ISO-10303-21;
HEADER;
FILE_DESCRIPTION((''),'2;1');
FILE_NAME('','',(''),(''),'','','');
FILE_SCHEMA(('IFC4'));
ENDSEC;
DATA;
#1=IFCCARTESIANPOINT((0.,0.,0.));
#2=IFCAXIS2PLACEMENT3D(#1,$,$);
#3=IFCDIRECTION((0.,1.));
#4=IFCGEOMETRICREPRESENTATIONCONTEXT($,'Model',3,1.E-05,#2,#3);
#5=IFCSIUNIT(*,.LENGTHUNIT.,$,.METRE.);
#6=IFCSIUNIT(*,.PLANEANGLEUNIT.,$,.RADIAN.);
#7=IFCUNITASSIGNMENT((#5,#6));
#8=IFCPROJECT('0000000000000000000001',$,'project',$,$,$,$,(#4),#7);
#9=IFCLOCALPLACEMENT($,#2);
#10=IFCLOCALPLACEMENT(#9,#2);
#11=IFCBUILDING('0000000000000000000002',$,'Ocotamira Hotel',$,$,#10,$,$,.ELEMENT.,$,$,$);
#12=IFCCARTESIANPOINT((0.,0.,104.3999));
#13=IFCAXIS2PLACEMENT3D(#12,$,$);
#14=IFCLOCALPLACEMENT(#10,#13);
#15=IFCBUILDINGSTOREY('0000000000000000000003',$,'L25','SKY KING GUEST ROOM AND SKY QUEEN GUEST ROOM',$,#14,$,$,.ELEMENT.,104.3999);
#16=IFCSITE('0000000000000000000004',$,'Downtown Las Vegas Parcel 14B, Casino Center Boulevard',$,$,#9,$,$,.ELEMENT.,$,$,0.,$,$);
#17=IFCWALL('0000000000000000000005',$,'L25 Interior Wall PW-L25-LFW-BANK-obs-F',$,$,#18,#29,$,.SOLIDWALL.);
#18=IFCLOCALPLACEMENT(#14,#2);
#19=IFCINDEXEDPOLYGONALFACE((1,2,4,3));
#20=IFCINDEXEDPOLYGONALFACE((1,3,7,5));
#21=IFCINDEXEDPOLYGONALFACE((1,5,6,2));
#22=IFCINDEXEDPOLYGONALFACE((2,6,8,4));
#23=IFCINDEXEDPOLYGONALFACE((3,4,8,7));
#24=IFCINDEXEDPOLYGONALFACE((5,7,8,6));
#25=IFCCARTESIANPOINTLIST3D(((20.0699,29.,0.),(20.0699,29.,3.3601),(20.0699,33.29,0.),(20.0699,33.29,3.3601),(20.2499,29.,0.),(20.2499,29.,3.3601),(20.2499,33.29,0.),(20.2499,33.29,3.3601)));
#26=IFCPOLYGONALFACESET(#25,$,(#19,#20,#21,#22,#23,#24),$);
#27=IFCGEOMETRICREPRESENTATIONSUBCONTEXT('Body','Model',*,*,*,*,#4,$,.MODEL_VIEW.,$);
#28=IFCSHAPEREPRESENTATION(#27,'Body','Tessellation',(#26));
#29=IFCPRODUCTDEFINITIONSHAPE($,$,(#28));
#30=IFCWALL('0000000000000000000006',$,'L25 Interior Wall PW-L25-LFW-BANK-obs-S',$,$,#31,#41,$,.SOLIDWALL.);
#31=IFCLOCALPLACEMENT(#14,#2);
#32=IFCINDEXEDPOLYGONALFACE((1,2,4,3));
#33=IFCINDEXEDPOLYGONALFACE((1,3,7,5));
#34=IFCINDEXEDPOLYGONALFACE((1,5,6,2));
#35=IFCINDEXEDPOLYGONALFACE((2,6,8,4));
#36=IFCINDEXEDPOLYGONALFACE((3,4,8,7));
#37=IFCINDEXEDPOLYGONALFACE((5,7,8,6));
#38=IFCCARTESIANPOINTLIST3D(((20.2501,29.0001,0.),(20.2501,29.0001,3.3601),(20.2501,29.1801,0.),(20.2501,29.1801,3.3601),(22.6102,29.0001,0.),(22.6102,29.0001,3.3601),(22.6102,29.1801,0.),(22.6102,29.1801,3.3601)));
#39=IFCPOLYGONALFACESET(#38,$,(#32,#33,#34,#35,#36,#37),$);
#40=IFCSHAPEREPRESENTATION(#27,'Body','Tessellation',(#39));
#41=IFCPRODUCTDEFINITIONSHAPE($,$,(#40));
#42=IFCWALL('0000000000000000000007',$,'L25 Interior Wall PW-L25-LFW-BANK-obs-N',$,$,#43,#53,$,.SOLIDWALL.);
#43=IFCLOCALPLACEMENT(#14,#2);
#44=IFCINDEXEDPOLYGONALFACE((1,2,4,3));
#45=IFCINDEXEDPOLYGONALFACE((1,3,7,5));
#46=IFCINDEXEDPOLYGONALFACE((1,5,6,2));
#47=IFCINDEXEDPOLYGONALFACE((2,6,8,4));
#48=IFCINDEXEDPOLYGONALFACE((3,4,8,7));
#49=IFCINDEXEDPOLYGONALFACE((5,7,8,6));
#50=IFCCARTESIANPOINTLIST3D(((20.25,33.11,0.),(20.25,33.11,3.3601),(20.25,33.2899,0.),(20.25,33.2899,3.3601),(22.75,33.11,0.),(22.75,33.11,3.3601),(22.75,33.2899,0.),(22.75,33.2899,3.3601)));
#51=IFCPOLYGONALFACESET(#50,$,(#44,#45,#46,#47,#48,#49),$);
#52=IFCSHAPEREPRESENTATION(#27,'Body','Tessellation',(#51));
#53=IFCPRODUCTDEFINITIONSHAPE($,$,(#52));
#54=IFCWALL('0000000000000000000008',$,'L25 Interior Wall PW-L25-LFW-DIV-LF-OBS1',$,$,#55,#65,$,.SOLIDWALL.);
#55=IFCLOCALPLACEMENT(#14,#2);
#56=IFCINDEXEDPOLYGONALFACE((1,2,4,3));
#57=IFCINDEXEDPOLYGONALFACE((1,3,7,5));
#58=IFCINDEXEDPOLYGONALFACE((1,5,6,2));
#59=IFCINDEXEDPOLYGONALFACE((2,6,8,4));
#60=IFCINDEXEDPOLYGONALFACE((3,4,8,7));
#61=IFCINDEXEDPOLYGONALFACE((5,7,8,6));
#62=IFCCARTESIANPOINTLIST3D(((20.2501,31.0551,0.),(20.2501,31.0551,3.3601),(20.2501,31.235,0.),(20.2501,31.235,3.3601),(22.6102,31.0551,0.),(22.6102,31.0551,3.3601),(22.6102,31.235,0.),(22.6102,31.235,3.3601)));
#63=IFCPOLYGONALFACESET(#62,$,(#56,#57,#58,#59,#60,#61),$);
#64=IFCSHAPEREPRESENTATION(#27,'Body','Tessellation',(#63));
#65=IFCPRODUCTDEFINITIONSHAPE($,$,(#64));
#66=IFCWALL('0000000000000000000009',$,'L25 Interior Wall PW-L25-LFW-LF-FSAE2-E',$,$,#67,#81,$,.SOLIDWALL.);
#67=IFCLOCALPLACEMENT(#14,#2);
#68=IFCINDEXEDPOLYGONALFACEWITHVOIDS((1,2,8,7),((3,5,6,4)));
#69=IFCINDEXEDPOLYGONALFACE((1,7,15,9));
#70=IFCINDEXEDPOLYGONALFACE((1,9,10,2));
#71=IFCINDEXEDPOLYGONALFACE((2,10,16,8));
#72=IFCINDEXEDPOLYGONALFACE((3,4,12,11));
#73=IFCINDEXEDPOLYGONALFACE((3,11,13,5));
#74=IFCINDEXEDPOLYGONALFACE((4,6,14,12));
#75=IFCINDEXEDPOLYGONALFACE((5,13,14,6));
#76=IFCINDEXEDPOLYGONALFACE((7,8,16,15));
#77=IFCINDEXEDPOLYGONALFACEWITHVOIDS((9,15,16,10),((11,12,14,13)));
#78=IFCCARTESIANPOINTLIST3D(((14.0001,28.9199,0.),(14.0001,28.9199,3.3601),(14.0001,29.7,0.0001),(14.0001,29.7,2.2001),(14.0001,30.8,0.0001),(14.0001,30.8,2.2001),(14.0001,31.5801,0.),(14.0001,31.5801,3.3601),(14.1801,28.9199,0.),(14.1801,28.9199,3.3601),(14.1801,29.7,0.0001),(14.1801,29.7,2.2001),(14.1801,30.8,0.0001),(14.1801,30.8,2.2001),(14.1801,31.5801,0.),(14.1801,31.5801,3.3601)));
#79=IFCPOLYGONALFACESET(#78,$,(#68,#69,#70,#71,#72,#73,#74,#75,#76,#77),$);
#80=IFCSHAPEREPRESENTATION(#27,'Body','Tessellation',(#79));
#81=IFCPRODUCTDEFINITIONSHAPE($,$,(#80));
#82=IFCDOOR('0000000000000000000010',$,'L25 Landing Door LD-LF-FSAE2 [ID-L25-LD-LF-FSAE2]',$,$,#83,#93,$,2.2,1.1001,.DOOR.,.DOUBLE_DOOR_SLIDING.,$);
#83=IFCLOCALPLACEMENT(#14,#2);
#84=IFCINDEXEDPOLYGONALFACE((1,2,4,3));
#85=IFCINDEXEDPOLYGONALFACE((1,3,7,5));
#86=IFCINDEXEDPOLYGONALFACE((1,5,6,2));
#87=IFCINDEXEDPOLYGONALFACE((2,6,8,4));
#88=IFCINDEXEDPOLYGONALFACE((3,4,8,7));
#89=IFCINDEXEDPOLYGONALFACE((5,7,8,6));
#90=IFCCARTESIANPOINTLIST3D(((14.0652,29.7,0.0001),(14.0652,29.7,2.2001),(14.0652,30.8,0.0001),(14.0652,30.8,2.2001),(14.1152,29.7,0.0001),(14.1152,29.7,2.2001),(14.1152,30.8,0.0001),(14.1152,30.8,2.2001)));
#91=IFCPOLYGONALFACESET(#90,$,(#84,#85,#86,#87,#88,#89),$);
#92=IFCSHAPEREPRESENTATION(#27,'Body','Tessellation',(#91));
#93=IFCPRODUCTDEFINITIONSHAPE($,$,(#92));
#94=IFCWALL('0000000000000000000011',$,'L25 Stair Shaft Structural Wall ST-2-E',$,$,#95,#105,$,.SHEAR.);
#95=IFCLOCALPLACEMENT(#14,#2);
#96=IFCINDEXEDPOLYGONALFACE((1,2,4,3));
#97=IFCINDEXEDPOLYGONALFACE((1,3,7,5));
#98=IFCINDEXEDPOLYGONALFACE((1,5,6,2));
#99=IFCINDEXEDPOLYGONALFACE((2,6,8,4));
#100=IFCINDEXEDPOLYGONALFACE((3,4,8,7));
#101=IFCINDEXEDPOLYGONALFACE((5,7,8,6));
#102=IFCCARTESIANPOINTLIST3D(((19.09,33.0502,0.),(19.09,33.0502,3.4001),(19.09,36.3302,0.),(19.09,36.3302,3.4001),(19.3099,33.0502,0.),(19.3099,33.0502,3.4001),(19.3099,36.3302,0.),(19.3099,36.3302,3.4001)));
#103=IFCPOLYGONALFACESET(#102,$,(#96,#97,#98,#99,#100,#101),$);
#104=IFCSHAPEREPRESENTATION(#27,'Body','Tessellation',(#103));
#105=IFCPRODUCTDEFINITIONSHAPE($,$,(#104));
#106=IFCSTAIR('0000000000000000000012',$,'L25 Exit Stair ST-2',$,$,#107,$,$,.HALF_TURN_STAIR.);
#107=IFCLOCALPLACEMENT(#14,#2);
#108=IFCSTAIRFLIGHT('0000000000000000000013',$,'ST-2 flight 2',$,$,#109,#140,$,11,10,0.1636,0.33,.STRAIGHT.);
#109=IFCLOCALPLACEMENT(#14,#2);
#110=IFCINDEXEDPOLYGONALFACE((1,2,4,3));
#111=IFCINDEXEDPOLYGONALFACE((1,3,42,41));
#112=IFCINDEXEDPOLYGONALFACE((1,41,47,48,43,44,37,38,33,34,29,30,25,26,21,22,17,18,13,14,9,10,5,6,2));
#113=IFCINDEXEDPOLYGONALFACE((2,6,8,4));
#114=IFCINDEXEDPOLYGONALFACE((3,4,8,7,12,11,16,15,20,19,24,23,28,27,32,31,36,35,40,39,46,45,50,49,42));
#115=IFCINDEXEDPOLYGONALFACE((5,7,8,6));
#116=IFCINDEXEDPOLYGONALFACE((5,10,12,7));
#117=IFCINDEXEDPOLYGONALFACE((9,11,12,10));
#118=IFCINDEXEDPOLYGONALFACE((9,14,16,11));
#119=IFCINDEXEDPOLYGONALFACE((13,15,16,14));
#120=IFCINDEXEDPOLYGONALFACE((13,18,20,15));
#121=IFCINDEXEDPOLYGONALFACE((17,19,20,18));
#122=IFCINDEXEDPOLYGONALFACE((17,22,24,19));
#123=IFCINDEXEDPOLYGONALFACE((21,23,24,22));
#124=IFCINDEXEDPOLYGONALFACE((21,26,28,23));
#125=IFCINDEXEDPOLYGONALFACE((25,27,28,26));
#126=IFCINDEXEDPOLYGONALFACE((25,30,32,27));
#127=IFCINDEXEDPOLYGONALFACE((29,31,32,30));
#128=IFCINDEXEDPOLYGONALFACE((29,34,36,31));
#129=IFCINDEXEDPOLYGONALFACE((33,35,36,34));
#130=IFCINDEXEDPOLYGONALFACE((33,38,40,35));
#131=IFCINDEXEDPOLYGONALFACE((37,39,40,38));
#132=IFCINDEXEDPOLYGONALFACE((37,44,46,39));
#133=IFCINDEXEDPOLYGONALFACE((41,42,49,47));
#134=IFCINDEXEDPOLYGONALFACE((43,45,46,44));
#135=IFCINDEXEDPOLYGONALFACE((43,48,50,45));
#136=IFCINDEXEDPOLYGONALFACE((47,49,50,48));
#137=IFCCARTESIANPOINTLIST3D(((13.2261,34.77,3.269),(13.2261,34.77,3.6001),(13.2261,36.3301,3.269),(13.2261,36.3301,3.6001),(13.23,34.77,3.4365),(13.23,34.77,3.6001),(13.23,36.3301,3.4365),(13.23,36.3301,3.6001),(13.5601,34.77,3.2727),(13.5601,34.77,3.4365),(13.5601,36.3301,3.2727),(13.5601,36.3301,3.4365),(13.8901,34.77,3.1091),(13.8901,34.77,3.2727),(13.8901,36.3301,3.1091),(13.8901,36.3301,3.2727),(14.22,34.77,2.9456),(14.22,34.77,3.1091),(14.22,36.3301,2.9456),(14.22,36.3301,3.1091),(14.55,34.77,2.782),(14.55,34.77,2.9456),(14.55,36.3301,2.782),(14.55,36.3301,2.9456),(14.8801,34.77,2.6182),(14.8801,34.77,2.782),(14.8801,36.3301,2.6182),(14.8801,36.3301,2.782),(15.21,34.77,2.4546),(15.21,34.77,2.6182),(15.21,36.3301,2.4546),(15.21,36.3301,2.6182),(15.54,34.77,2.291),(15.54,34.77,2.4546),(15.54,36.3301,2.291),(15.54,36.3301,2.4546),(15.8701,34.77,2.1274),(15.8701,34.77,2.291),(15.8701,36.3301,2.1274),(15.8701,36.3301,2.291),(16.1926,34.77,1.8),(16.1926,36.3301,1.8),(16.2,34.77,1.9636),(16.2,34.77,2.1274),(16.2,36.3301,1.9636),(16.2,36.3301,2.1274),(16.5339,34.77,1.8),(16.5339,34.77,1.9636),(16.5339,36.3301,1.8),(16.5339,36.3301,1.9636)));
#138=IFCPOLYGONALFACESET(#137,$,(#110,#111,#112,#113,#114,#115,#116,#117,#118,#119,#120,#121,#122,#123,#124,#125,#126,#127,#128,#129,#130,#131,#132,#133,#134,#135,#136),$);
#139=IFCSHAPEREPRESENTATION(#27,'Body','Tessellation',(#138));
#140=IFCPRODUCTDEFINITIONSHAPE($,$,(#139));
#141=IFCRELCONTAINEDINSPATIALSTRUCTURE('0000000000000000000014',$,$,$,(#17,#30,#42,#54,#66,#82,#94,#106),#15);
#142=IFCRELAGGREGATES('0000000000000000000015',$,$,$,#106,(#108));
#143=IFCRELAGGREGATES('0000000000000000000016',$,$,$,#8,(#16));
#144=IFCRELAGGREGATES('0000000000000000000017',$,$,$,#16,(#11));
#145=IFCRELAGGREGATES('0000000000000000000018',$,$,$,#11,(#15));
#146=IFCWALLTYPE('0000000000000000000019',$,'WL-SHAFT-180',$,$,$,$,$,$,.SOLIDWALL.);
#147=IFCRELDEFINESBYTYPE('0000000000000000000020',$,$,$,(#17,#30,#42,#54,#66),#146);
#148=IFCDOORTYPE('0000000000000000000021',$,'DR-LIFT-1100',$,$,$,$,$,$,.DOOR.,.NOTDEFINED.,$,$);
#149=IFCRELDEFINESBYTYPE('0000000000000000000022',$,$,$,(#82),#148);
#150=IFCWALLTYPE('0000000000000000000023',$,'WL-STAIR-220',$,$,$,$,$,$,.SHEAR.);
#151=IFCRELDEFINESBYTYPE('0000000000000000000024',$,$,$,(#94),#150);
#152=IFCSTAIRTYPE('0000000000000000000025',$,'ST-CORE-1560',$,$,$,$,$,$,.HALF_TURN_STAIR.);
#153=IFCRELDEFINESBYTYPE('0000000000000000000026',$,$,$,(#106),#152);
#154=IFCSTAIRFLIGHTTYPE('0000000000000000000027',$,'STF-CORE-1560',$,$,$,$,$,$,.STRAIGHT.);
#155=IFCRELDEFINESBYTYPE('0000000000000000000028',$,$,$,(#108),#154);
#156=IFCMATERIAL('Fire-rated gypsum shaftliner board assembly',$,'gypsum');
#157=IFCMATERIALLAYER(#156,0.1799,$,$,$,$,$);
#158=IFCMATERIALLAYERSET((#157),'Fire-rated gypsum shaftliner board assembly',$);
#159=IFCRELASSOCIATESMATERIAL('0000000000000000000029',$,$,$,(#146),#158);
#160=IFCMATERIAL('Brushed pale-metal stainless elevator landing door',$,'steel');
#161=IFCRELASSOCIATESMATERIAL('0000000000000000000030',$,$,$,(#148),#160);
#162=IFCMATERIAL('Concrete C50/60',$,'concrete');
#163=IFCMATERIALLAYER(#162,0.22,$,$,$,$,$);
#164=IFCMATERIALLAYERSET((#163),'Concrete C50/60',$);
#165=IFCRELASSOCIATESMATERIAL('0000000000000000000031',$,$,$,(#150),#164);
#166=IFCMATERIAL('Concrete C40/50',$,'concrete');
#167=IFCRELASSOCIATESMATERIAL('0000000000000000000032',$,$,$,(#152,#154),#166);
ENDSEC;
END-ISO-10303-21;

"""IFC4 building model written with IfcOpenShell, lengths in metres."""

from ifc_helpers import new_model, si_unit, direction, frame, frame_2d, origin, place, context, subcontext, project, spatial, polyline, rectangle, outline, extrude, source, transform, mapped, material, layer, layer_set, type_object, element, fill, aggregate, save


model = new_model("IFC4")

# Units and contexts
model_context = context("Model", 3, precision=1e-05, world=origin(), true_north=direction((0.0, 1.0)))
body_context = subcontext(model_context, "Body", "Model", "MODEL_VIEW")
ifc_project = project(units=[si_unit("LENGTHUNIT", "METRE"), si_unit("PLANEANGLEUNIT", "RADIAN")], contexts=[model_context])

# Site, building, storey
site_placement = place(None, origin())
site = spatial("IfcSite", under=ifc_project, at=site_placement, Name="Downtown Las Vegas Parcel 14B, Casino Center Boulevard", CompositionType="ELEMENT", RefElevation=0.0)
building_placement = place(site_placement, origin())
building = spatial("IfcBuilding", under=site, at=building_placement, Name="Ocotamira Hotel", CompositionType="ELEMENT")
storey_placement = place(building_placement, frame((0.0, 0.0, 104.3999)))
storey = spatial("IfcBuildingStorey", under=building, at=storey_placement, Name="L25", Description="SKY KING GUEST ROOM AND SKY QUEEN GUEST ROOM", CompositionType="ELEMENT", Elevation=104.3999)

# Walls
ifc_material_1 = material(Name="Fire-rated gypsum shaftliner board assembly", Category="gypsum")
ifc_layer_1 = layer(ifc_material_1, 0.1799)
ifc_layer_set_1 = layer_set([ifc_layer_1], Name="Fire-rated gypsum shaftliner board assembly")
wall_type_1 = type_object("IfcWallType", Name="WL-SHAFT-180", PredefinedType="SOLIDWALL", material=ifc_layer_set_1)
wall_1_placement = place(storey_placement, frame((20.1599, 29.0, 0.0), z_axis=(0.0, 0.0, 1.0), x_axis=(0.0, 1.0, 0.0)))
element("IfcWall", 1, at=wall_1_placement, inside=storey, type_object=wall_type_1, Name="L25 Interior Wall PW-L25-LFW-BANK-obs-F", PredefinedType="SOLIDWALL", context=body_context, shape_type="SweptSolid", body=[
    extrude(rectangle(XDim=4.29, YDim=0.1799, at=frame_2d((2.145, 0.0))), origin(), (0.0, 0.0, 1.0), 3.3601),
])
wall_2_placement = place(storey_placement, frame((20.25, 29.0901, 0.0), z_axis=(0.0, 0.0, 1.0), x_axis=(1.0, 0.0, 0.0)))
element("IfcWall", 2, at=wall_2_placement, inside=storey, type_object=wall_type_1, Name="L25 Interior Wall PW-L25-LFW-BANK-obs-S", PredefinedType="SOLIDWALL", context=body_context, shape_type="SweptSolid", body=[
    extrude(rectangle(XDim=2.3601, YDim=0.1799, at=frame_2d((1.1802, 0.0))), origin(), (0.0, 0.0, 1.0), 3.3601),
])
wall_3_placement = place(storey_placement, frame((20.25, 33.2, 0.0), z_axis=(0.0, 0.0, 1.0), x_axis=(1.0, 0.0, 0.0)))
element("IfcWall", 3, at=wall_3_placement, inside=storey, type_object=wall_type_1, Name="L25 Interior Wall PW-L25-LFW-BANK-obs-N", PredefinedType="SOLIDWALL", context=body_context, shape_type="SweptSolid", body=[
    extrude(rectangle(XDim=2.5, YDim=0.1799, at=frame_2d((1.25, 0.0))), origin(), (0.0, 0.0, 1.0), 3.3601),
])
wall_4_placement = place(storey_placement, frame((20.25, 31.145, 0.0), z_axis=(0.0, 0.0, 1.0), x_axis=(1.0, 0.0, 0.0)))
element("IfcWall", 4, at=wall_4_placement, inside=storey, type_object=wall_type_1, Name="L25 Interior Wall PW-L25-LFW-DIV-LF-OBS1", PredefinedType="SOLIDWALL", context=body_context, shape_type="SweptSolid", body=[
    extrude(rectangle(XDim=2.3601, YDim=0.1799, at=frame_2d((1.1802, 0.0))), origin(), (0.0, 0.0, 1.0), 3.3601),
])

# Wall, opening, door
wall_5_placement = place(storey_placement, frame((14.0901, 28.9199, 0.0), z_axis=(0.0, 0.0, 1.0), x_axis=(0.0, 1.0, 0.0)))
wall_5 = element("IfcWall", 5, at=wall_5_placement, inside=storey, type_object=wall_type_1, Name="L25 Interior Wall PW-L25-LFW-LF-FSAE2-E", PredefinedType="SOLIDWALL", context=body_context, shape_type="SweptSolid", body=[
    extrude(rectangle(XDim=2.6602, YDim=0.1799, at=frame_2d((1.3301, 0.0))), origin(), (0.0, 0.0, 1.0), 3.3601),
])
opening_1_placement = place(wall_5_placement, frame((0.78, 0.0, 0.0)))
opening_1 = element("IfcOpeningElement", 6, at=opening_1_placement, cuts=wall_5, PredefinedType="OPENING", context=body_context, shape_type="SweptSolid", body=[
    extrude(rectangle(XDim=1.1001, YDim=2.2, at=frame_2d((0.55, 1.1001))), frame((0.0, 0.1001, 0.0), z_axis=(0.0, -1.0, 0.0), x_axis=(1.0, 0.0, 0.0)), (0.0, 0.0, 1.0), 0.2),
])
ifc_material_2 = material(Name="Brushed pale-metal stainless elevator landing door", Category="steel")
door_type_1 = type_object("IfcDoorType", Name="DR-LIFT-1100", OperationType="NOTDEFINED", PredefinedType="DOOR", material=ifc_material_2)
shared_shape_1 = source(origin(), body_context, "Body", "SweptSolid", [
    extrude(rectangle(XDim=1.1001, YDim=2.2, at=frame_2d((0.55, 1.1001))), frame((0.0, 0.0249, 0.0), z_axis=(0.0, -1.0, 0.0), x_axis=(1.0, 0.0, 0.0)), (0.0, 0.0, 1.0), 0.05),
])
door_1_placement = place(opening_1_placement, origin())
door_1 = element("IfcDoor", 7, at=door_1_placement, inside=storey, type_object=door_type_1, Name="L25 Landing Door LD-LF-FSAE2 [ID-L25-LD-LF-FSAE2]", OperationType="DOUBLE_DOOR_SLIDING", OverallHeight=2.2, OverallWidth=1.1001, PredefinedType="DOOR", context=body_context, shape_type="MappedRepresentation", body=[
    mapped(shared_shape_1, transform((0.0, 0.0, 0.0), scale=1.0)),
])
fill(opening_1, door_1)

# Wall
ifc_material_3 = material(Name="Concrete C50/60", Category="concrete")
ifc_layer_2 = layer(ifc_material_3, 0.22)
ifc_layer_set_2 = layer_set([ifc_layer_2], Name="Concrete C50/60")
wall_type_2 = type_object("IfcWallType", Name="WL-STAIR-220", PredefinedType="SHEAR", material=ifc_layer_set_2)
wall_6_placement = place(storey_placement, frame((19.2, 33.05, 0.0), z_axis=(0.0, 0.0, 1.0), x_axis=(0.0, 1.0, 0.0)))
element("IfcWall", 8, at=wall_6_placement, inside=storey, type_object=wall_type_2, Name="L25 Stair Shaft Structural Wall ST-2-E", PredefinedType="SHEAR", context=body_context, shape_type="SweptSolid", body=[
    extrude(rectangle(XDim=3.28, YDim=0.22, at=frame_2d((1.6401, 0.0))), origin(), (0.0, 0.0, 1.0), 3.4001),
])

# Stair, stair flight
ifc_material_4 = material(Name="Concrete C40/50", Category="concrete")
stair_type = type_object("IfcStairType", Name="ST-CORE-1560", PredefinedType="HALF_TURN_STAIR", material=ifc_material_4)
stair_placement = place(storey_placement, origin())
stair = element("IfcStair", 9, at=stair_placement, inside=storey, type_object=stair_type, Name="L25 Exit Stair ST-2", PredefinedType="HALF_TURN_STAIR")
stair_flight_type = type_object("IfcStairFlightType", Name="STF-CORE-1560", PredefinedType="STRAIGHT", material=ifc_material_4)
shared_shape_2 = source(origin(), body_context, "Body", "SweptSolid", [
    extrude(outline(polyline([(-0.0039, 0.0), (-0.0039, 0.1636), (0.3301, 0.1636), (0.3301, 0.3274), (0.6599, 0.3274), (0.6599, 0.491), (0.99, 0.491), (0.99, 0.6545), (1.3201, 0.6545), (1.3201, 0.8181), (1.6499, 0.8181), (1.6499, 0.9819), (1.98, 0.9819), (1.98, 1.1455), (2.3101, 1.1455), (2.3101, 1.3091), (2.6399, 1.3091), (2.6399, 1.4727), (2.97, 1.4727), (2.97, 1.6365), (3.3, 1.6365), (3.3, 1.8), (3.304, 1.8), (3.304, 1.469), (0.3374, 0.0), (-0.0039, 0.0)])), frame((0.0, 0.78, 0.0), z_axis=(0.0, -1.0, 0.0), x_axis=(1.0, 0.0, 0.0)), (0.0, 0.0, 1.0), 1.5601),
])
stair_flight_placement = place(storey_placement, frame((16.53, 35.55, 1.8), z_axis=(0.0, 0.0, 1.0), x_axis=(-1.0, 0.0, 0.0)))
stair_flight = element("IfcStairFlight", 10, at=stair_flight_placement, type_object=stair_flight_type, Name="ST-2 flight 2", NumberOfRisers=11, NumberOfTreads=10, PredefinedType="STRAIGHT", RiserHeight=0.1636, TreadLength=0.33, context=body_context, shape_type="MappedRepresentation", body=[
    mapped(shared_shape_2, transform((0.0, 0.0, 0.0), scale=1.0)),
])
aggregate(stair, [stair_flight])

save(model, "model.ifc")
